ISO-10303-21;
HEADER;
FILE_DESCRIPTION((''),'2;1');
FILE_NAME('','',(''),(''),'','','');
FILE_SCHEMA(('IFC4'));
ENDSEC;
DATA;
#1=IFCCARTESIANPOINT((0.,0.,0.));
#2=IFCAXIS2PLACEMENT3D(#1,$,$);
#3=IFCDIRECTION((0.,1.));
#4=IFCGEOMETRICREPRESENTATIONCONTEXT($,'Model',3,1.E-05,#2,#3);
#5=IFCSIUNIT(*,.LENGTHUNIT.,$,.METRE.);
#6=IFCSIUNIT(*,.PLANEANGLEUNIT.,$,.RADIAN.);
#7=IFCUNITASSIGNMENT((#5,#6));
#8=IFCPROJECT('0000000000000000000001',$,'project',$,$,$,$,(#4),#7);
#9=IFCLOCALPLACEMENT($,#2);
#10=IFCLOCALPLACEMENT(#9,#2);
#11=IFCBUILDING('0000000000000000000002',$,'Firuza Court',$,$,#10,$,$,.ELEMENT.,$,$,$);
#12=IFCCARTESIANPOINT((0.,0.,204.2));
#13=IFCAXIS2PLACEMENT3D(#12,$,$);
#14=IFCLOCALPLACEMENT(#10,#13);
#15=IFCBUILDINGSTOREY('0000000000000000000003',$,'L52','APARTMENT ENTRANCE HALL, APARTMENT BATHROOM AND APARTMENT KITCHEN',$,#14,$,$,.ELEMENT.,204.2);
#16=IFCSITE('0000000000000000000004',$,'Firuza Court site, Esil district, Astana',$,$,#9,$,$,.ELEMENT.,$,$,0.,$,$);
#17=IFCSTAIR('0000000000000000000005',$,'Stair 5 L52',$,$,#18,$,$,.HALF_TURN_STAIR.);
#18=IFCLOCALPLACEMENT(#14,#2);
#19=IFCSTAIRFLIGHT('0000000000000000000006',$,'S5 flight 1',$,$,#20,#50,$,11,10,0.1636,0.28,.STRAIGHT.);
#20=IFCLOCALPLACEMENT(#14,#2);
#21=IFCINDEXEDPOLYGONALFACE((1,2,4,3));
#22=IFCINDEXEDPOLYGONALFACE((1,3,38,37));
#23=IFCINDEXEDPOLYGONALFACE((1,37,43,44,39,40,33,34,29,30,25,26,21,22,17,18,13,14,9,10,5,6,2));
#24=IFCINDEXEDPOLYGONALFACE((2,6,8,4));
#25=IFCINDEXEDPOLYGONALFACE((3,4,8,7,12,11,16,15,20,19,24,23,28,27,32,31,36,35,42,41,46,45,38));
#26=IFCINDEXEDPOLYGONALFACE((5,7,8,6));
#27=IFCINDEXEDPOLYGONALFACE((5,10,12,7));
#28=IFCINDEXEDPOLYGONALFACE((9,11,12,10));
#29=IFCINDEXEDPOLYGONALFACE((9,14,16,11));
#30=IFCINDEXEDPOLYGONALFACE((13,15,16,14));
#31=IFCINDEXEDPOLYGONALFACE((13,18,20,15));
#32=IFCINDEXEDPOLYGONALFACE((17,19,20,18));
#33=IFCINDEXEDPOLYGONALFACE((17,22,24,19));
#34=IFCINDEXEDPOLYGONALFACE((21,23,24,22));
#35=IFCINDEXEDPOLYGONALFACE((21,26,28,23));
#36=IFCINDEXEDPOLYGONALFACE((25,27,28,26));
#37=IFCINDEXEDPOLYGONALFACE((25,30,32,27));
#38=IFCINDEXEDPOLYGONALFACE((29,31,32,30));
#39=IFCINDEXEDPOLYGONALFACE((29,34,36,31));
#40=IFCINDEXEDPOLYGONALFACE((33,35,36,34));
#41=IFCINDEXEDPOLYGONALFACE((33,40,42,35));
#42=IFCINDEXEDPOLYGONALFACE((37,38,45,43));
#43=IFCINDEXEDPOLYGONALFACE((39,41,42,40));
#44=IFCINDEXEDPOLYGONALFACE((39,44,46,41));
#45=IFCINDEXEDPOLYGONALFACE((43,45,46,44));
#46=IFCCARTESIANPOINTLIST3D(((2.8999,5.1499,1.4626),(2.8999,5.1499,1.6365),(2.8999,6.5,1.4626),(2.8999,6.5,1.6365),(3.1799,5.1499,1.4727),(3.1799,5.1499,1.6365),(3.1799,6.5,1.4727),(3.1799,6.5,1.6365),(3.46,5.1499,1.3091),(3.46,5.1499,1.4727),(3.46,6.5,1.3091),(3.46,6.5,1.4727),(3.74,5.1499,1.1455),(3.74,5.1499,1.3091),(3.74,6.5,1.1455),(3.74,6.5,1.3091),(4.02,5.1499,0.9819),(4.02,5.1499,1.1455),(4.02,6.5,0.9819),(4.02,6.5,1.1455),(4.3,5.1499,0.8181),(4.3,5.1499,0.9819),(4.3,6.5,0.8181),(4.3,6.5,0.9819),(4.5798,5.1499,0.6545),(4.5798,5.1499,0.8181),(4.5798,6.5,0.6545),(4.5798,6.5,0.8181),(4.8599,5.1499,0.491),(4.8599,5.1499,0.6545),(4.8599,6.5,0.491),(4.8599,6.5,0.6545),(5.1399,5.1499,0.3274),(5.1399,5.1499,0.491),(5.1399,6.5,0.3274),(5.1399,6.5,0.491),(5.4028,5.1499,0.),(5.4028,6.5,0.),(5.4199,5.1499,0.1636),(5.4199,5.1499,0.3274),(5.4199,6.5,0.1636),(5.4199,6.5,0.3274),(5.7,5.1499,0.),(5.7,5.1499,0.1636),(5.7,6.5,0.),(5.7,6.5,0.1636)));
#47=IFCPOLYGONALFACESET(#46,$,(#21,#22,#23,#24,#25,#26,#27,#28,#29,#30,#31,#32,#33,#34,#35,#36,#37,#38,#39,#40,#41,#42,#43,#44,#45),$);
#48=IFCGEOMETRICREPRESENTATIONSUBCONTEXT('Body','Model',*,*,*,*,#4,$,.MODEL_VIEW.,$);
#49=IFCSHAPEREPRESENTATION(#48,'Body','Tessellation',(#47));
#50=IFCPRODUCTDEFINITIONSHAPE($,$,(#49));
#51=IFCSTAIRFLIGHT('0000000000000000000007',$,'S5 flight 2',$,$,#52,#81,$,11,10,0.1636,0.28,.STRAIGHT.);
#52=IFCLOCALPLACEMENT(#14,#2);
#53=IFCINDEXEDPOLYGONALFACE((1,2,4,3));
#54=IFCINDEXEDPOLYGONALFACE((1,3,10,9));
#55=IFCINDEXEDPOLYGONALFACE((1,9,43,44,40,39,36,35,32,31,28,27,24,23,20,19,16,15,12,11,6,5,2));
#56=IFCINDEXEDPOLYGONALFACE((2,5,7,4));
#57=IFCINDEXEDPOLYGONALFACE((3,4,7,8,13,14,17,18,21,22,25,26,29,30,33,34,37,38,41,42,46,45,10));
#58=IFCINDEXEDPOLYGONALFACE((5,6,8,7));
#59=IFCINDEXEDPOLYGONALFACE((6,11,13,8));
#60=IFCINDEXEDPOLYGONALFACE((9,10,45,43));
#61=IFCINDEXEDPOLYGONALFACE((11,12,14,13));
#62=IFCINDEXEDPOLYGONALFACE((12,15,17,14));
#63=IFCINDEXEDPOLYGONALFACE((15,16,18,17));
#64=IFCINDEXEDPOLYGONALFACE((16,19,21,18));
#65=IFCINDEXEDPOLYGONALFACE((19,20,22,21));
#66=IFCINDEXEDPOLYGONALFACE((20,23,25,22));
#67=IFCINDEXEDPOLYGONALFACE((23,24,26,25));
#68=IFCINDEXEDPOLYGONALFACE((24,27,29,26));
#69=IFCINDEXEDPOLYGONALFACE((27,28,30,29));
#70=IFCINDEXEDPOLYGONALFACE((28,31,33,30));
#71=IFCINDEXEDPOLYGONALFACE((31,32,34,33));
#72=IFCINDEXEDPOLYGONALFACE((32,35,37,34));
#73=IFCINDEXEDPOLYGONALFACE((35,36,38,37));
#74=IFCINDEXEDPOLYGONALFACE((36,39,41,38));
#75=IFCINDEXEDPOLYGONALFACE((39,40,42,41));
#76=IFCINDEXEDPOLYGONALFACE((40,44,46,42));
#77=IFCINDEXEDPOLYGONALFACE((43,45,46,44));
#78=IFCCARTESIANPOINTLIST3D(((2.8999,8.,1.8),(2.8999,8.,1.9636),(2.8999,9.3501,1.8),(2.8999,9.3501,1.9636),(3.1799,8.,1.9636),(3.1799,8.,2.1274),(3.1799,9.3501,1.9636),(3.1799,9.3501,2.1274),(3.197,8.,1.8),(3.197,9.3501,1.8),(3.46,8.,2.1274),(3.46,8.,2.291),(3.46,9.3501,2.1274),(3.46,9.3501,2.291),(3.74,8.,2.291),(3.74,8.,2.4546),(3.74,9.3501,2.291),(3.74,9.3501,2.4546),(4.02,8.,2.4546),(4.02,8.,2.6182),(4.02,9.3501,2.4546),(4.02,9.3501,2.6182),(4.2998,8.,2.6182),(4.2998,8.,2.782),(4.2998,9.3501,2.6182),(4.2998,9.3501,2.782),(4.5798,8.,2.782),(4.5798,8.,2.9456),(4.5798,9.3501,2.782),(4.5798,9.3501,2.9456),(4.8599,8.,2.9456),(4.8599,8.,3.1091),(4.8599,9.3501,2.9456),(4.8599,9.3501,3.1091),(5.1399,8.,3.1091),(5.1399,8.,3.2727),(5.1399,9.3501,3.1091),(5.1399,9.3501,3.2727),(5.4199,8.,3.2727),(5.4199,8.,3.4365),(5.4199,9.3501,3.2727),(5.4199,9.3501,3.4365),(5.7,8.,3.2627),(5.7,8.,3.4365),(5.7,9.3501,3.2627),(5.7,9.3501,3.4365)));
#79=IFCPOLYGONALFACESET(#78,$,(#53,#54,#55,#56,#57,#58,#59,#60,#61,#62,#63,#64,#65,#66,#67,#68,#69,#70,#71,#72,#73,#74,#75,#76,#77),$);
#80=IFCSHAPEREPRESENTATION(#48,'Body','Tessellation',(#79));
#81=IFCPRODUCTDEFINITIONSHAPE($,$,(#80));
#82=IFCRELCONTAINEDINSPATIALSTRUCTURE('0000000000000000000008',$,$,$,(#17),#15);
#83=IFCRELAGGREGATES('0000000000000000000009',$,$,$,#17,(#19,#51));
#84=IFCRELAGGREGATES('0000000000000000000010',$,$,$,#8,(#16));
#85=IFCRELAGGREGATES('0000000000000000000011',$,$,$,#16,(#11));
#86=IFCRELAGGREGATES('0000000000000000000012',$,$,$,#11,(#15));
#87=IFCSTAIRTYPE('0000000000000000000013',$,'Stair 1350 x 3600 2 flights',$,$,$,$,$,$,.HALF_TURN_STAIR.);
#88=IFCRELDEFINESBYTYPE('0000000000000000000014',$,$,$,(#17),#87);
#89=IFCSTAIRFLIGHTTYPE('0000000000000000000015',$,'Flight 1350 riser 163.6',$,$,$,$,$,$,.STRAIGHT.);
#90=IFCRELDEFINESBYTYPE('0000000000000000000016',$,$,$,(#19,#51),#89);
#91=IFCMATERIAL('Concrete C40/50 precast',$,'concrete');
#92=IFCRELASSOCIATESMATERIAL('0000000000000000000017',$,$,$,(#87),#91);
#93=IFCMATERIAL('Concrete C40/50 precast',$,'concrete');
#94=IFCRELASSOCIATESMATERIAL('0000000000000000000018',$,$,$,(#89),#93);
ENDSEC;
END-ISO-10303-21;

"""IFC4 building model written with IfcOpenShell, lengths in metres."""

from ifc_helpers import new_model, si_unit, direction, frame, origin, place, context, subcontext, project, spatial, polyline, outline, extrude, material, type_object, element, aggregate, save


model = new_model("IFC4")

# Units and contexts
model_context = context("Model", 3, precision=1e-05, world=origin(), true_north=direction((0.0, 1.0)))
body_context = subcontext(model_context, "Body", "Model", "MODEL_VIEW")
ifc_project = project(units=[si_unit("LENGTHUNIT", "METRE"), si_unit("PLANEANGLEUNIT", "RADIAN")], contexts=[model_context])

# Site, building, storey
site_placement = place(None, origin())
site = spatial("IfcSite", under=ifc_project, at=site_placement, Name="Firuza Court site, Esil district, Astana", CompositionType="ELEMENT", RefElevation=0.0)
building_placement = place(site_placement, origin())
building = spatial("IfcBuilding", under=site, at=building_placement, Name="Firuza Court", CompositionType="ELEMENT")
storey_placement = place(building_placement, frame((0.0, 0.0, 204.2)))
storey = spatial("IfcBuildingStorey", under=building, at=storey_placement, Name="L52", Description="APARTMENT ENTRANCE HALL, APARTMENT BATHROOM AND APARTMENT KITCHEN", CompositionType="ELEMENT", Elevation=204.2)

# Stair, stair flights
ifc_material_1 = material(Name="Concrete C40/50 precast", Category="concrete")
stair_type = type_object("IfcStairType", Name="Stair 1350 x 3600 2 flights", PredefinedType="HALF_TURN_STAIR", material=ifc_material_1)
stair_placement = place(storey_placement, origin())
stair = element("IfcStair", 1, at=stair_placement, inside=storey, type_object=stair_type, Name="Stair 5 L52", PredefinedType="HALF_TURN_STAIR")
ifc_material_2 = material(Name="Concrete C40/50 precast", Category="concrete")
stair_flight_type = type_object("IfcStairFlightType", Name="Flight 1350 riser 163.6", PredefinedType="STRAIGHT", material=ifc_material_2)
stair_flight_1_placement = place(storey_placement, frame((5.7, 5.825, 0.0), z_axis=(0.0, 0.0, 1.0), x_axis=(-1.0, 0.0, 0.0)))
stair_flight_1 = element("IfcStairFlight", 2, at=stair_flight_1_placement, type_object=stair_flight_type, Name="S5 flight 1", NumberOfRisers=11, NumberOfTreads=10, PredefinedType="STRAIGHT", RiserHeight=0.1636, TreadLength=0.28, context=body_context, shape_type="SweptSolid", body=[
    extrude(outline(polyline([(0.0, 0.0), (0.0, 0.1636), (0.28, 0.1636), (0.28, 0.3274), (0.5601, 0.3274), (0.5601, 0.491), (0.8401, 0.491), (0.8401, 0.6545), (1.1201, 0.6545), (1.1201, 0.8181), (1.3999, 0.8181), (1.3999, 0.9819), (1.6799, 0.9819), (1.6799, 1.1455), (1.96, 1.1455), (1.96, 1.3091), (2.24, 1.3091), (2.24, 1.4727), (2.52, 1.4727), (2.52, 1.6365), (2.8, 1.6365), (2.8, 1.8), (2.8, 1.4626), (0.2971, 0.0), (0.0, 0.0)])), frame((0.0, 0.675, 0.0), z_axis=(0.0, -1.0, 0.0), x_axis=(1.0, 0.0, 0.0)), (0.0, 0.0, 1.0), 1.3501),
])
stair_flight_2_placement = place(storey_placement, frame((2.8999, 8.675, 1.8), z_axis=(0.0, 0.0, 1.0), x_axis=(1.0, 0.0, 0.0)))
stair_flight_2 = element("IfcStairFlight", 3, at=stair_flight_2_placement, type_object=stair_flight_type, Name="S5 flight 2", NumberOfRisers=11, NumberOfTreads=10, PredefinedType="STRAIGHT", RiserHeight=0.1636, TreadLength=0.28, context=body_context, shape_type="SweptSolid", body=[
    extrude(outline(polyline([(0.0, 0.0), (0.0, 0.1636), (0.28, 0.1636), (0.28, 0.3274), (0.5601, 0.3274), (0.5601, 0.491), (0.8401, 0.491), (0.8401, 0.6545), (1.1201, 0.6545), (1.1201, 0.8181), (1.3999, 0.8181), (1.3999, 0.9819), (1.6799, 0.9819), (1.6799, 1.1455), (1.96, 1.1455), (1.96, 1.3091), (2.24, 1.3091), (2.24, 1.4727), (2.52, 1.4727), (2.52, 1.6365), (2.8, 1.6365), (2.8, 1.8), (2.8, 1.4626), (0.2971, 0.0), (0.0, 0.0)])), frame((0.0, 0.675, 0.0), z_axis=(0.0, -1.0, 0.0), x_axis=(1.0, 0.0, 0.0)), (0.0, 0.0, 1.0), 1.3501),
])
aggregate(stair, [stair_flight_1, stair_flight_2])

save(model, "model.ifc")
